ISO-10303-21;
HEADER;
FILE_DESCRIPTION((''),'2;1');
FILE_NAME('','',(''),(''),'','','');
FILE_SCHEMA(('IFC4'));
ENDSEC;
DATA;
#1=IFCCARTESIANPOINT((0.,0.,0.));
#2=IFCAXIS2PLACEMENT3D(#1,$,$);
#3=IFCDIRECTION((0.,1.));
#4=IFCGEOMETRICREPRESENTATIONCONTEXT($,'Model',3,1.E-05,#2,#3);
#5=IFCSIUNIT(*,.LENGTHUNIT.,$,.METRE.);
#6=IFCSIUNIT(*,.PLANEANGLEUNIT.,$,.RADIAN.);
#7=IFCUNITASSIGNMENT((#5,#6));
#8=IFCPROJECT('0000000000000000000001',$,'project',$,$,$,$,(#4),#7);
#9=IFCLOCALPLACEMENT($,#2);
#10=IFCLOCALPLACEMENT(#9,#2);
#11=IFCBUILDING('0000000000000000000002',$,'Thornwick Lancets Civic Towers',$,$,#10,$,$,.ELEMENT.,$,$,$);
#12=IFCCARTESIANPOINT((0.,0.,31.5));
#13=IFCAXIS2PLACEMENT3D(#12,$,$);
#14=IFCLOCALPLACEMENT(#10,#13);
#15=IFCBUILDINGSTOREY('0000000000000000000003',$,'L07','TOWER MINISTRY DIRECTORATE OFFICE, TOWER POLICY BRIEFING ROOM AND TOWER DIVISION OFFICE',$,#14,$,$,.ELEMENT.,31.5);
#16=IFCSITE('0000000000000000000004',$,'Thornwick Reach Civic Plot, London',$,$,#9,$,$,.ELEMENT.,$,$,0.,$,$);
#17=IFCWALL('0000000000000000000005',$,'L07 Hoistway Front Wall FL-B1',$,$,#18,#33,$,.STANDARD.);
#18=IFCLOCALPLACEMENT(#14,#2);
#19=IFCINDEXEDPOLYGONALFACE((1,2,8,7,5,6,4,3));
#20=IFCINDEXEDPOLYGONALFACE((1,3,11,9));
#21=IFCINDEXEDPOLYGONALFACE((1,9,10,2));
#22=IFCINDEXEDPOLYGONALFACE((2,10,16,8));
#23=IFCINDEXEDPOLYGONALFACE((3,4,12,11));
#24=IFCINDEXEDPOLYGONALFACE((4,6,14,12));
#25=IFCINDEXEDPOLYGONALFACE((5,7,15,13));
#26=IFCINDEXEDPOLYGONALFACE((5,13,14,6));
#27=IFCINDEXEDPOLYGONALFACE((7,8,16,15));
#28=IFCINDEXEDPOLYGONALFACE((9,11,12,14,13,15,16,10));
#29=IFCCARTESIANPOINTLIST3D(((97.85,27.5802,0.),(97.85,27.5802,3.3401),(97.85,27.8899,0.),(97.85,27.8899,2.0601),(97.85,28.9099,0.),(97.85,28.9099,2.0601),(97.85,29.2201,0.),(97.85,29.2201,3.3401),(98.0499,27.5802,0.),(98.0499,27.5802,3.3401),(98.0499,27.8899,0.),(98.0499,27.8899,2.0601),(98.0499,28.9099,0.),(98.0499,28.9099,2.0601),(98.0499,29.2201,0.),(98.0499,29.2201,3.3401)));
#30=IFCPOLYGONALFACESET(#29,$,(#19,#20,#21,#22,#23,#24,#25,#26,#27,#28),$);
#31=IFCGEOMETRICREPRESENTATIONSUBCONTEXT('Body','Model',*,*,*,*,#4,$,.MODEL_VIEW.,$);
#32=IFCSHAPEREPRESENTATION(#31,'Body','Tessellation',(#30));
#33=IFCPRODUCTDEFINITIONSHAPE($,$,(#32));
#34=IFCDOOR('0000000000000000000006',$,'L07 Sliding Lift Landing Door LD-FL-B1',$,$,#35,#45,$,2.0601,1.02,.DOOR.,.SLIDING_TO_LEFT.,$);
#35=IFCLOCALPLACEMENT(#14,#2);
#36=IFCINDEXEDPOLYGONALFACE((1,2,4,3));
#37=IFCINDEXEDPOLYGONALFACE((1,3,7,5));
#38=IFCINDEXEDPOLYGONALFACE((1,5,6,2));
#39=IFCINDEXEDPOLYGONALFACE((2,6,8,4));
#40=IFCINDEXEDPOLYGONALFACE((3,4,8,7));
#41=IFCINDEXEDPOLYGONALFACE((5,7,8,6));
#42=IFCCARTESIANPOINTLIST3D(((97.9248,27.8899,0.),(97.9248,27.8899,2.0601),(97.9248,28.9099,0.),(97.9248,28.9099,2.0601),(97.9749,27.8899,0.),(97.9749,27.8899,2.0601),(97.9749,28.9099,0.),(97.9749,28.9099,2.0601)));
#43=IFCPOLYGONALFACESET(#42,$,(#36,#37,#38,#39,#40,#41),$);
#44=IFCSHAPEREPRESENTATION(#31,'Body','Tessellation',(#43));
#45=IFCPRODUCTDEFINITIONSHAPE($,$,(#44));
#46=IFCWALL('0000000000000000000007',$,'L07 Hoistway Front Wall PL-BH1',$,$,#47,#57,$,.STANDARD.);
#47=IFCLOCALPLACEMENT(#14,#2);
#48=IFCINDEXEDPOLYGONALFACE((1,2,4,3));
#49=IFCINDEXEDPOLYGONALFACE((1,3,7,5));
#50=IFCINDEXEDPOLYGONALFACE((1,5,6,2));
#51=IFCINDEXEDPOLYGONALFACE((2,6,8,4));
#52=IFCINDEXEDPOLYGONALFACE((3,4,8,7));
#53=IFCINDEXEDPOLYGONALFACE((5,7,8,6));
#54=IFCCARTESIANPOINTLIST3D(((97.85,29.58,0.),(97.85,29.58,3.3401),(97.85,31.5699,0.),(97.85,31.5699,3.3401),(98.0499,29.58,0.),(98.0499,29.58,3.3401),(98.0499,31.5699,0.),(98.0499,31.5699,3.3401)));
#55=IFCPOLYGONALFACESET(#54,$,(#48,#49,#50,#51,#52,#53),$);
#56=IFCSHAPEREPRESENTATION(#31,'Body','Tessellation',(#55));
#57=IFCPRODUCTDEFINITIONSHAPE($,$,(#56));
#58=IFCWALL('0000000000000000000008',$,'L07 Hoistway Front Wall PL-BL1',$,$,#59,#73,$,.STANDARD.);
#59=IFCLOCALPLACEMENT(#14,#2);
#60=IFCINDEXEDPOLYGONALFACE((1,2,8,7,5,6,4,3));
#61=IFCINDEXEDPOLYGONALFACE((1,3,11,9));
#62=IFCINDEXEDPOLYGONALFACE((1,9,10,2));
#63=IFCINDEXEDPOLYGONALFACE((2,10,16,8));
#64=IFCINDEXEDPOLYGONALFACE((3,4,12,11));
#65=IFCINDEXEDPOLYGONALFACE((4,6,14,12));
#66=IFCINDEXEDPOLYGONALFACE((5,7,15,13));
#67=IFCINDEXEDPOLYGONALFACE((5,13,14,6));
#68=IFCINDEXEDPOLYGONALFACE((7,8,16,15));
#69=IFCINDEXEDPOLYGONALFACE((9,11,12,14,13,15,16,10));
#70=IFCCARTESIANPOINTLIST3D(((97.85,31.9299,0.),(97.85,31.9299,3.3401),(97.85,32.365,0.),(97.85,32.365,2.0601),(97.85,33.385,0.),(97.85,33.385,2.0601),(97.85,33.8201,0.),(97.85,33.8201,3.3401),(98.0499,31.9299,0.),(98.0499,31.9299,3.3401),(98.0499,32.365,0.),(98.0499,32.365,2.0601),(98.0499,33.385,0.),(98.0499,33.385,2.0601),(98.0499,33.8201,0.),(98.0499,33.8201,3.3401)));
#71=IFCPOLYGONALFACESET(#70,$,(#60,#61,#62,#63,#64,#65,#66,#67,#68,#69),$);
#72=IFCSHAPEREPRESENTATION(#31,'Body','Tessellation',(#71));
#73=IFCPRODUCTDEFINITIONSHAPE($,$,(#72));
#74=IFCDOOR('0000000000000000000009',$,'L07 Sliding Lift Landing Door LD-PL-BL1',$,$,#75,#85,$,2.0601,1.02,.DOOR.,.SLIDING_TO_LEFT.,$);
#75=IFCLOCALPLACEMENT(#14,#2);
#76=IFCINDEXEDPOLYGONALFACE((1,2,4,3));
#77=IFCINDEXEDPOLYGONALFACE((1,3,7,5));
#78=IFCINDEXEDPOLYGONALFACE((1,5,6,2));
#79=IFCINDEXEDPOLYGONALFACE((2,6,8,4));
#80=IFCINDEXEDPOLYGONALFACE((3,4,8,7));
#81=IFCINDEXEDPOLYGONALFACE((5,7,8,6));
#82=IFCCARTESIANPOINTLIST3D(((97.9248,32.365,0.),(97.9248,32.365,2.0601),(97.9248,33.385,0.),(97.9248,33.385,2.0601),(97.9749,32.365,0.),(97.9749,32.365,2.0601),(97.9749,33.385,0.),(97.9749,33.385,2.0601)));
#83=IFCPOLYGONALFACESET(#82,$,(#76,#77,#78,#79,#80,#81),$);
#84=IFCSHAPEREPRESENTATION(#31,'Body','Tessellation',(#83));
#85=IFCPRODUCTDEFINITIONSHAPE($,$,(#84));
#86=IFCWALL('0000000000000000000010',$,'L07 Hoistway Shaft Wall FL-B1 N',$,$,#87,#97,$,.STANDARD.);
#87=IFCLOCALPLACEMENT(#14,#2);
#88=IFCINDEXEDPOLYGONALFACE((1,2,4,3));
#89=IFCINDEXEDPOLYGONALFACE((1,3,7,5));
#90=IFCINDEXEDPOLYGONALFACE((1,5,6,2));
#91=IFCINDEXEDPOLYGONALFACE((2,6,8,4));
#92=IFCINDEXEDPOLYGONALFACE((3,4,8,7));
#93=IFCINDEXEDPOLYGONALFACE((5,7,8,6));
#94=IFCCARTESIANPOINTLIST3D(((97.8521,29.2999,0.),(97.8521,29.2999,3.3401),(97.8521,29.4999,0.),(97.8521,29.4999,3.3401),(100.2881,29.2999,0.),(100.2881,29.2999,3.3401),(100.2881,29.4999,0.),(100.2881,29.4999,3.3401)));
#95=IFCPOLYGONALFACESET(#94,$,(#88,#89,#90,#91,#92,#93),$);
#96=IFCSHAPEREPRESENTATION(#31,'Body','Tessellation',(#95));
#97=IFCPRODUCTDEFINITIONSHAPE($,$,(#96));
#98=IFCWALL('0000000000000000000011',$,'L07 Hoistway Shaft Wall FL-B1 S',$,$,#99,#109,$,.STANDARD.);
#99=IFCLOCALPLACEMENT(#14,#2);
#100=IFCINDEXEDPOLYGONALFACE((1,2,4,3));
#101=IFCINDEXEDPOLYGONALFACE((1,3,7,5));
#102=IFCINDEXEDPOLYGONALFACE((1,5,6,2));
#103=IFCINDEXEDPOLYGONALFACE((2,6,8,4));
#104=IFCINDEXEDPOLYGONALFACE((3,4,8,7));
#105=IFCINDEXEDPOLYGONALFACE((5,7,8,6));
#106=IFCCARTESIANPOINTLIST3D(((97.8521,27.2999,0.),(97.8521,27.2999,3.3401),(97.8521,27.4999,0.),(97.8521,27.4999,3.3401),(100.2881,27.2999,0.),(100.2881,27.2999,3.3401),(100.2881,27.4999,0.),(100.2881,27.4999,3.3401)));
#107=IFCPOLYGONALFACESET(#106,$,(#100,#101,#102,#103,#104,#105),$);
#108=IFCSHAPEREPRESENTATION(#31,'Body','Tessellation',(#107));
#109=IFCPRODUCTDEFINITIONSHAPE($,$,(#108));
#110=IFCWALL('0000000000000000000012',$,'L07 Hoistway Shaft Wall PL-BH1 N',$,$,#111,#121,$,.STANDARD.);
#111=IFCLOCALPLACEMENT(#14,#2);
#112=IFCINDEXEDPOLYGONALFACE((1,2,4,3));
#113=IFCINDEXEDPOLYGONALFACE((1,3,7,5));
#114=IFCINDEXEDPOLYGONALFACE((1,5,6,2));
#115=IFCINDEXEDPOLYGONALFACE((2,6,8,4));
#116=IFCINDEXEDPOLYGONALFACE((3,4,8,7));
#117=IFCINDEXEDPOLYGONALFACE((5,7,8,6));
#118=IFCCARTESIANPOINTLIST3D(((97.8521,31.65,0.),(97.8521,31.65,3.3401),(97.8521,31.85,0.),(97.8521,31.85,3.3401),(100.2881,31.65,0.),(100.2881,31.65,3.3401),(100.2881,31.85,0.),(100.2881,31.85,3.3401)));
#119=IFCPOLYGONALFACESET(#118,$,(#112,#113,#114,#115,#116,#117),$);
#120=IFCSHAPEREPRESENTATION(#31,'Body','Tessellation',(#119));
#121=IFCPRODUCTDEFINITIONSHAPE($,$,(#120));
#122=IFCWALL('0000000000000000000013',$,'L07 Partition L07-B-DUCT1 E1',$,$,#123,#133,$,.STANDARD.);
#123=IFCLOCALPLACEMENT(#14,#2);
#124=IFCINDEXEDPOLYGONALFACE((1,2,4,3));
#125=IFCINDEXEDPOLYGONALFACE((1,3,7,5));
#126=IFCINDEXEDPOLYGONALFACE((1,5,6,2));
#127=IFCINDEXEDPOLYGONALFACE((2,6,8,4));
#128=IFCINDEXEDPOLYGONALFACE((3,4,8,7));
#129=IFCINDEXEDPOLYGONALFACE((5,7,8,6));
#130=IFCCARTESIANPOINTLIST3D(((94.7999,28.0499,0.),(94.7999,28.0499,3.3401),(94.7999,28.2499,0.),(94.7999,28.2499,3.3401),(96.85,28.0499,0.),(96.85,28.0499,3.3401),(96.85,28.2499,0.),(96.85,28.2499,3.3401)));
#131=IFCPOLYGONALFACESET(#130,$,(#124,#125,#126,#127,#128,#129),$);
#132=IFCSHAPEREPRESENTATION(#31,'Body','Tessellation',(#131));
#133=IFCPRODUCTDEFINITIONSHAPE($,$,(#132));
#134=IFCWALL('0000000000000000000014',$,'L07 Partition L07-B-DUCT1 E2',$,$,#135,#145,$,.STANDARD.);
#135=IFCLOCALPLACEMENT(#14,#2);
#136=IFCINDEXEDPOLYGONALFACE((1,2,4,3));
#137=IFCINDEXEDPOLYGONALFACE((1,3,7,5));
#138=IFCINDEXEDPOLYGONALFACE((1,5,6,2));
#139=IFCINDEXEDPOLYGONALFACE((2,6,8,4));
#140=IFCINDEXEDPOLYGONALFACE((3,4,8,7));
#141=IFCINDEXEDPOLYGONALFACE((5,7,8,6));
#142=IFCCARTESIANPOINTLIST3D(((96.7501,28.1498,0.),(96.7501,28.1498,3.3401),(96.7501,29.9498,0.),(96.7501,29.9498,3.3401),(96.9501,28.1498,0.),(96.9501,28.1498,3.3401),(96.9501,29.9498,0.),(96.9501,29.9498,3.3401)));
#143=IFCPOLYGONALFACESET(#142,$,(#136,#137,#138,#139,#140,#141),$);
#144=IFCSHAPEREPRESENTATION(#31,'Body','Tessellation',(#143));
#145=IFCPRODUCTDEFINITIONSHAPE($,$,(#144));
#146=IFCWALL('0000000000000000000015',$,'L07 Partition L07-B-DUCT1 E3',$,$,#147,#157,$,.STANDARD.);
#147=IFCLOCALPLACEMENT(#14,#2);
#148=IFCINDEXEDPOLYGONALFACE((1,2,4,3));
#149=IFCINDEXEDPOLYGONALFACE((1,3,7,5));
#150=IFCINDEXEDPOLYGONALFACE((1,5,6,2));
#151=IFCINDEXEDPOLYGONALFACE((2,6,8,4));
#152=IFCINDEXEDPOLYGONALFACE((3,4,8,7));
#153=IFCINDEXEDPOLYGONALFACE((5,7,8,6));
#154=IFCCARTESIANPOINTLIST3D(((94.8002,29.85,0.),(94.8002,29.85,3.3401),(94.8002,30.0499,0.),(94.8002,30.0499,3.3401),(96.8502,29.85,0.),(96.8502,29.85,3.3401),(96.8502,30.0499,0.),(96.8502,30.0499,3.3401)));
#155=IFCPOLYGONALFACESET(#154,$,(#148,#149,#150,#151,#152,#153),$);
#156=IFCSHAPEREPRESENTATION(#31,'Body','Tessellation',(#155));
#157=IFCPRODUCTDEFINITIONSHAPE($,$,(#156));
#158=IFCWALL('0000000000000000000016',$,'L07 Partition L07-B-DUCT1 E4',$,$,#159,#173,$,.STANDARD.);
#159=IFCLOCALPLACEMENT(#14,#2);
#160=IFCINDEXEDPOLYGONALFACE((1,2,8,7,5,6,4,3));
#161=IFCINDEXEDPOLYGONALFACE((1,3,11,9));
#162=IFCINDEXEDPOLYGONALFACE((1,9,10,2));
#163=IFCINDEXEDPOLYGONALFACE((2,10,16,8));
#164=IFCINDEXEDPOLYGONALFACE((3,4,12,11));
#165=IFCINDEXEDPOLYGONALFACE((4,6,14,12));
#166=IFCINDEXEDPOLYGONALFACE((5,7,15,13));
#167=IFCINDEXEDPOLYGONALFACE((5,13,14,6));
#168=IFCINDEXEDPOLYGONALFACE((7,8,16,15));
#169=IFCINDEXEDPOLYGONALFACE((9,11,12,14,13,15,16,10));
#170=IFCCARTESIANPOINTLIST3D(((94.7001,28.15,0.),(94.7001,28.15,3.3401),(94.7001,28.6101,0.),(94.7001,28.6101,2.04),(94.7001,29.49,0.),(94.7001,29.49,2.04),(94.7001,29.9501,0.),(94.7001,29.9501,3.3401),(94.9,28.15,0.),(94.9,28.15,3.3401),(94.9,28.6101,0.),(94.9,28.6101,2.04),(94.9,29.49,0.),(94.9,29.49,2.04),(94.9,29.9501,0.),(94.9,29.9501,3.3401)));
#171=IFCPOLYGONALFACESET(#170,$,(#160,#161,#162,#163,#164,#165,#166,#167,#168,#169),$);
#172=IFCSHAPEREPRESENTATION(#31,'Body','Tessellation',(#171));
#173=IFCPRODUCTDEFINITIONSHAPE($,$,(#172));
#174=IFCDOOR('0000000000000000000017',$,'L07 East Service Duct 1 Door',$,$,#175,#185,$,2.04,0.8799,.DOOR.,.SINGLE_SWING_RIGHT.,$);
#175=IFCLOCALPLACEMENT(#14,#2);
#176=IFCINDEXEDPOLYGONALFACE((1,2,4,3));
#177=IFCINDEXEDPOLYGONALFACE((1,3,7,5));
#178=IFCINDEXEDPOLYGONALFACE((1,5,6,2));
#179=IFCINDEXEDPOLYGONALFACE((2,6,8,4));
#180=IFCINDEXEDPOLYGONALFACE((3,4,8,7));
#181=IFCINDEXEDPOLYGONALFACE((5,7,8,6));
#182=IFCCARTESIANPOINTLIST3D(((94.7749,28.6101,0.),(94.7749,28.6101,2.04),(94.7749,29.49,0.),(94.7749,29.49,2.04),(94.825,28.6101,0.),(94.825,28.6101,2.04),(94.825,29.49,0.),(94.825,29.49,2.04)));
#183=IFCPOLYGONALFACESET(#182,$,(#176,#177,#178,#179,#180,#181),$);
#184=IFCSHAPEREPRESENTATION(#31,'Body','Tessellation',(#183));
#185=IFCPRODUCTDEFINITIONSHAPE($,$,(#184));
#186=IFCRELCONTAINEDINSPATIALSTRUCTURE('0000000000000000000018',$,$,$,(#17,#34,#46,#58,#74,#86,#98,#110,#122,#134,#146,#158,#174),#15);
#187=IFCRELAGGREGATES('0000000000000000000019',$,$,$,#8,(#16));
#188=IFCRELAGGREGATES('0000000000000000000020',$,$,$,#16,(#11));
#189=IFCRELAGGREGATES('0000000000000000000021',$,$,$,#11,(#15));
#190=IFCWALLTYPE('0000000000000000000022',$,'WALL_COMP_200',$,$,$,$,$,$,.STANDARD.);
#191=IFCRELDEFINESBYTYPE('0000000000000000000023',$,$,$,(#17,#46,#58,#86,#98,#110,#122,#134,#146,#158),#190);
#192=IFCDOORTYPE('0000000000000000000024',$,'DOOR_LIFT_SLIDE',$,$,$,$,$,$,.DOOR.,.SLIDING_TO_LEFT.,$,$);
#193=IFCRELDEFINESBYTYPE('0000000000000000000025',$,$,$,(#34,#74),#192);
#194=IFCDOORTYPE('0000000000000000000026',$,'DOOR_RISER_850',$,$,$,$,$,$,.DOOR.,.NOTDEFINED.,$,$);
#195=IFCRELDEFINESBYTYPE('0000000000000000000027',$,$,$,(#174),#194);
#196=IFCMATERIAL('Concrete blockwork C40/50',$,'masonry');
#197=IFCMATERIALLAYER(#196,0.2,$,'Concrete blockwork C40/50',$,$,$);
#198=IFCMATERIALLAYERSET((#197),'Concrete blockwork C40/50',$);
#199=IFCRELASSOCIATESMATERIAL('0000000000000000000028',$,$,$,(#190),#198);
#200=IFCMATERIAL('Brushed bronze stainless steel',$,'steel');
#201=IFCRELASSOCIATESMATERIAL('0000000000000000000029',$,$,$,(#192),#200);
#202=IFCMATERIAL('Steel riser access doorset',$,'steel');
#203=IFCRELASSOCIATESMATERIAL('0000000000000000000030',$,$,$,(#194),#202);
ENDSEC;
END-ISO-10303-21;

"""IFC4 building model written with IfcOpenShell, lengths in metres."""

from ifc_helpers import new_model, si_unit, direction, frame, frame_2d, origin, place, context, subcontext, project, spatial, rectangle, extrude, material, layer, layer_set, type_object, element, fill, save


model = new_model("IFC4")

# Units and contexts
model_context = context("Model", 3, precision=1e-05, world=origin(), true_north=direction((0.0, 1.0)))
body_context = subcontext(model_context, "Body", "Model", "MODEL_VIEW")
ifc_project = project(units=[si_unit("LENGTHUNIT", "METRE"), si_unit("PLANEANGLEUNIT", "RADIAN")], contexts=[model_context])

# Site, building, storey
site_placement = place(None, origin())
site = spatial("IfcSite", under=ifc_project, at=site_placement, Name="Thornwick Reach Civic Plot, London", CompositionType="ELEMENT", RefElevation=0.0)
building_placement = place(site_placement, origin())
building = spatial("IfcBuilding", under=site, at=building_placement, Name="Thornwick Lancets Civic Towers", CompositionType="ELEMENT")
storey_placement = place(building_placement, frame((0.0, 0.0, 31.5)))
storey = spatial("IfcBuildingStorey", under=building, at=storey_placement, Name="L07", Description="TOWER MINISTRY DIRECTORATE OFFICE, TOWER POLICY BRIEFING ROOM AND TOWER DIVISION OFFICE", CompositionType="ELEMENT", Elevation=31.5)

# Wall, opening, door
ifc_material_1 = material(Name="Concrete blockwork C40/50", Category="masonry")
ifc_layer_1 = layer(ifc_material_1, 0.2, Name="Concrete blockwork C40/50")
ifc_layer_set_1 = layer_set([ifc_layer_1], Name="Concrete blockwork C40/50")
wall_type_1 = type_object("IfcWallType", Name="WALL_COMP_200", PredefinedType="STANDARD", material=ifc_layer_set_1)
wall_1_placement = place(storey_placement, frame((97.95, 29.22, 0.0), z_axis=(0.0, 0.0, 1.0), x_axis=(0.0, -1.0, 0.0)))
wall_1 = element("IfcWall", 1, at=wall_1_placement, inside=storey, type_object=wall_type_1, Name="L07 Hoistway Front Wall FL-B1", PredefinedType="STANDARD", context=body_context, shape_type="SweptSolid", body=[
    extrude(rectangle(XDim=1.6399, YDim=0.2, at=frame_2d((0.8198, 0.0))), origin(), (0.0, 0.0, 1.0), 3.3401),
])
opening_1_placement = place(wall_1_placement, frame((0.3101, 0.0, 0.0)))
opening_1 = element("IfcOpeningElement", 2, at=opening_1_placement, cuts=wall_1, PredefinedType="OPENING", context=body_context, shape_type="SweptSolid", body=[
    extrude(rectangle(XDim=1.02, YDim=2.0601, at=frame_2d((0.51, 1.03))), frame((0.0, 0.1099, 0.0), z_axis=(0.0, -1.0, 0.0), x_axis=(1.0, 0.0, 0.0)), (0.0, 0.0, 1.0), 0.22),
])
ifc_material_2 = material(Name="Brushed bronze stainless steel", Category="steel")
door_type_1 = type_object("IfcDoorType", Name="DOOR_LIFT_SLIDE", OperationType="SLIDING_TO_LEFT", PredefinedType="DOOR", material=ifc_material_2)
door_1_placement = place(opening_1_placement, origin())
door_1 = element("IfcDoor", 3, at=door_1_placement, inside=storey, type_object=door_type_1, Name="L07 Sliding Lift Landing Door LD-FL-B1", OperationType="SLIDING_TO_LEFT", OverallHeight=2.0601, OverallWidth=1.02, PredefinedType="DOOR", context=body_context, shape_type="SweptSolid", body=[
    extrude(rectangle(XDim=1.02, YDim=2.0601, at=frame_2d((0.51, 1.03))), frame((0.0, 0.0249, 0.0), z_axis=(0.0, -1.0, 0.0), x_axis=(1.0, 0.0, 0.0)), (0.0, 0.0, 1.0), 0.05),
])
fill(opening_1, door_1)

# Wall
wall_2_placement = place(storey_placement, frame((97.95, 31.5701, 0.0), z_axis=(0.0, 0.0, 1.0), x_axis=(0.0, -1.0, 0.0)))
element("IfcWall", 4, at=wall_2_placement, inside=storey, type_object=wall_type_1, Name="L07 Hoistway Front Wall PL-BH1", PredefinedType="STANDARD", context=body_context, shape_type="SweptSolid", body=[
    extrude(rectangle(XDim=1.99, YDim=0.2, at=frame_2d((0.9951, 0.0))), origin(), (0.0, 0.0, 1.0), 3.3401),
])

# Wall, opening, door
wall_3_placement = place(storey_placement, frame((97.95, 33.8201, 0.0), z_axis=(0.0, 0.0, 1.0), x_axis=(0.0, -1.0, 0.0)))
wall_3 = element("IfcWall", 5, at=wall_3_placement, inside=storey, type_object=wall_type_1, Name="L07 Hoistway Front Wall PL-BL1", PredefinedType="STANDARD", context=body_context, shape_type="SweptSolid", body=[
    extrude(rectangle(XDim=1.8901, YDim=0.2, at=frame_2d((0.9451, 0.0))), origin(), (0.0, 0.0, 1.0), 3.3401),
])
opening_2_placement = place(wall_3_placement, frame((0.4351, 0.0, 0.0)))
opening_2 = element("IfcOpeningElement", 6, at=opening_2_placement, cuts=wall_3, PredefinedType="OPENING", context=body_context, shape_type="SweptSolid", body=[
    extrude(rectangle(XDim=1.02, YDim=2.0601, at=frame_2d((0.51, 1.03))), frame((0.0, 0.1099, 0.0), z_axis=(0.0, -1.0, 0.0), x_axis=(1.0, 0.0, 0.0)), (0.0, 0.0, 1.0), 0.22),
])
door_2_placement = place(opening_2_placement, origin())
door_2 = element("IfcDoor", 7, at=door_2_placement, inside=storey, type_object=door_type_1, Name="L07 Sliding Lift Landing Door LD-PL-BL1", OperationType="SLIDING_TO_LEFT", OverallHeight=2.0601, OverallWidth=1.02, PredefinedType="DOOR", context=body_context, shape_type="SweptSolid", body=[
    extrude(rectangle(XDim=1.02, YDim=2.0601, at=frame_2d((0.51, 1.03))), frame((0.0, 0.0249, 0.0), z_axis=(0.0, -1.0, 0.0), x_axis=(1.0, 0.0, 0.0)), (0.0, 0.0, 1.0), 0.05),
])
fill(opening_2, door_2)

# Walls
for number, where, z_axis, x_axis, name in (
    (8, (97.8521, 29.3999, 0.0), (0.0, 0.0, 1.0), (1.0, 0.0, 0.0), "L07 Hoistway Shaft Wall FL-B1 N"),
    (9, (97.8521, 27.3999, 0.0), (0.0, 0.0, 1.0), (1.0, 0.0, 0.0), "L07 Hoistway Shaft Wall FL-B1 S"),
    (10, (97.8521, 31.75, 0.0), (0.0, 0.0, 1.0), (1.0, 0.0, 0.0), "L07 Hoistway Shaft Wall PL-BH1 N"),
):
    element("IfcWall", number, at=place(storey_placement, frame(where, z_axis=z_axis, x_axis=x_axis)), inside=storey, type_object=wall_type_1, Name=name, PredefinedType="STANDARD", context=body_context, shape_type="SweptSolid", body=[
        extrude(rectangle(XDim=2.436, YDim=0.2, at=frame_2d((1.218, 0.0))), origin(), (0.0, 0.0, 1.0), 3.3401),
    ])
wall_4_placement = place(storey_placement, frame((94.8, 28.1499, 0.0), z_axis=(0.0, 0.0, 1.0), x_axis=(1.0, 0.0, 0.0)))
element("IfcWall", 11, at=wall_4_placement, inside=storey, type_object=wall_type_1, Name="L07 Partition L07-B-DUCT1 E1", PredefinedType="STANDARD", context=body_context, shape_type="SweptSolid", body=[
    extrude(rectangle(XDim=2.05, YDim=0.2, at=frame_2d((1.0249, 0.0))), origin(), (0.0, 0.0, 1.0), 3.3401),
])
wall_5_placement = place(storey_placement, frame((96.8501, 28.1499, 0.0), z_axis=(0.0, 0.0, 1.0), x_axis=(0.0, 1.0, 0.0)))
element("IfcWall", 12, at=wall_5_placement, inside=storey, type_object=wall_type_1, Name="L07 Partition L07-B-DUCT1 E2", PredefinedType="STANDARD", context=body_context, shape_type="SweptSolid", body=[
    extrude(rectangle(XDim=1.8, YDim=0.2, at=frame_2d((0.8999, 0.0))), origin(), (0.0, 0.0, 1.0), 3.3401),
])
wall_6_placement = place(storey_placement, frame((96.8501, 29.95, 0.0), z_axis=(0.0, 0.0, 1.0), x_axis=(-1.0, 0.0, 0.0)))
element("IfcWall", 13, at=wall_6_placement, inside=storey, type_object=wall_type_1, Name="L07 Partition L07-B-DUCT1 E3", PredefinedType="STANDARD", context=body_context, shape_type="SweptSolid", body=[
    extrude(rectangle(XDim=2.05, YDim=0.2, at=frame_2d((1.0249, 0.0))), origin(), (0.0, 0.0, 1.0), 3.3401),
])

# Wall, opening, door
wall_7_placement = place(storey_placement, frame((94.8, 29.95, 0.0), z_axis=(0.0, 0.0, 1.0), x_axis=(0.0, -1.0, 0.0)))
wall_7 = element("IfcWall", 14, at=wall_7_placement, inside=storey, type_object=wall_type_1, Name="L07 Partition L07-B-DUCT1 E4", PredefinedType="STANDARD", context=body_context, shape_type="SweptSolid", body=[
    extrude(rectangle(XDim=1.8, YDim=0.2, at=frame_2d((0.8999, 0.0))), origin(), (0.0, 0.0, 1.0), 3.3401),
])
opening_3_placement = place(wall_7_placement, frame((0.46, 0.0, 0.0)))
opening_3 = element("IfcOpeningElement", 15, at=opening_3_placement, cuts=wall_7, PredefinedType="OPENING", context=body_context, shape_type="SweptSolid", body=[
    extrude(rectangle(XDim=0.8799, YDim=2.04, at=frame_2d((0.4399, 1.02))), frame((0.0, 0.1099, 0.0), z_axis=(0.0, -1.0, 0.0), x_axis=(1.0, 0.0, 0.0)), (0.0, 0.0, 1.0), 0.22),
])
ifc_material_3 = material(Name="Steel riser access doorset", Category="steel")
door_type_2 = type_object("IfcDoorType", Name="DOOR_RISER_850", OperationType="NOTDEFINED", PredefinedType="DOOR", material=ifc_material_3)
door_3_placement = place(opening_3_placement, origin())
door_3 = element("IfcDoor", 16, at=door_3_placement, inside=storey, type_object=door_type_2, Name="L07 East Service Duct 1 Door", OperationType="SINGLE_SWING_RIGHT", OverallHeight=2.04, OverallWidth=0.8799, PredefinedType="DOOR", context=body_context, shape_type="SweptSolid", body=[
    extrude(rectangle(XDim=0.8799, YDim=2.04, at=frame_2d((0.4399, 1.02))), frame((0.0, 0.0249, 0.0), z_axis=(0.0, -1.0, 0.0), x_axis=(1.0, 0.0, 0.0)), (0.0, 0.0, 1.0), 0.05),
])
fill(opening_3, door_3)

save(model, "model.ifc")
